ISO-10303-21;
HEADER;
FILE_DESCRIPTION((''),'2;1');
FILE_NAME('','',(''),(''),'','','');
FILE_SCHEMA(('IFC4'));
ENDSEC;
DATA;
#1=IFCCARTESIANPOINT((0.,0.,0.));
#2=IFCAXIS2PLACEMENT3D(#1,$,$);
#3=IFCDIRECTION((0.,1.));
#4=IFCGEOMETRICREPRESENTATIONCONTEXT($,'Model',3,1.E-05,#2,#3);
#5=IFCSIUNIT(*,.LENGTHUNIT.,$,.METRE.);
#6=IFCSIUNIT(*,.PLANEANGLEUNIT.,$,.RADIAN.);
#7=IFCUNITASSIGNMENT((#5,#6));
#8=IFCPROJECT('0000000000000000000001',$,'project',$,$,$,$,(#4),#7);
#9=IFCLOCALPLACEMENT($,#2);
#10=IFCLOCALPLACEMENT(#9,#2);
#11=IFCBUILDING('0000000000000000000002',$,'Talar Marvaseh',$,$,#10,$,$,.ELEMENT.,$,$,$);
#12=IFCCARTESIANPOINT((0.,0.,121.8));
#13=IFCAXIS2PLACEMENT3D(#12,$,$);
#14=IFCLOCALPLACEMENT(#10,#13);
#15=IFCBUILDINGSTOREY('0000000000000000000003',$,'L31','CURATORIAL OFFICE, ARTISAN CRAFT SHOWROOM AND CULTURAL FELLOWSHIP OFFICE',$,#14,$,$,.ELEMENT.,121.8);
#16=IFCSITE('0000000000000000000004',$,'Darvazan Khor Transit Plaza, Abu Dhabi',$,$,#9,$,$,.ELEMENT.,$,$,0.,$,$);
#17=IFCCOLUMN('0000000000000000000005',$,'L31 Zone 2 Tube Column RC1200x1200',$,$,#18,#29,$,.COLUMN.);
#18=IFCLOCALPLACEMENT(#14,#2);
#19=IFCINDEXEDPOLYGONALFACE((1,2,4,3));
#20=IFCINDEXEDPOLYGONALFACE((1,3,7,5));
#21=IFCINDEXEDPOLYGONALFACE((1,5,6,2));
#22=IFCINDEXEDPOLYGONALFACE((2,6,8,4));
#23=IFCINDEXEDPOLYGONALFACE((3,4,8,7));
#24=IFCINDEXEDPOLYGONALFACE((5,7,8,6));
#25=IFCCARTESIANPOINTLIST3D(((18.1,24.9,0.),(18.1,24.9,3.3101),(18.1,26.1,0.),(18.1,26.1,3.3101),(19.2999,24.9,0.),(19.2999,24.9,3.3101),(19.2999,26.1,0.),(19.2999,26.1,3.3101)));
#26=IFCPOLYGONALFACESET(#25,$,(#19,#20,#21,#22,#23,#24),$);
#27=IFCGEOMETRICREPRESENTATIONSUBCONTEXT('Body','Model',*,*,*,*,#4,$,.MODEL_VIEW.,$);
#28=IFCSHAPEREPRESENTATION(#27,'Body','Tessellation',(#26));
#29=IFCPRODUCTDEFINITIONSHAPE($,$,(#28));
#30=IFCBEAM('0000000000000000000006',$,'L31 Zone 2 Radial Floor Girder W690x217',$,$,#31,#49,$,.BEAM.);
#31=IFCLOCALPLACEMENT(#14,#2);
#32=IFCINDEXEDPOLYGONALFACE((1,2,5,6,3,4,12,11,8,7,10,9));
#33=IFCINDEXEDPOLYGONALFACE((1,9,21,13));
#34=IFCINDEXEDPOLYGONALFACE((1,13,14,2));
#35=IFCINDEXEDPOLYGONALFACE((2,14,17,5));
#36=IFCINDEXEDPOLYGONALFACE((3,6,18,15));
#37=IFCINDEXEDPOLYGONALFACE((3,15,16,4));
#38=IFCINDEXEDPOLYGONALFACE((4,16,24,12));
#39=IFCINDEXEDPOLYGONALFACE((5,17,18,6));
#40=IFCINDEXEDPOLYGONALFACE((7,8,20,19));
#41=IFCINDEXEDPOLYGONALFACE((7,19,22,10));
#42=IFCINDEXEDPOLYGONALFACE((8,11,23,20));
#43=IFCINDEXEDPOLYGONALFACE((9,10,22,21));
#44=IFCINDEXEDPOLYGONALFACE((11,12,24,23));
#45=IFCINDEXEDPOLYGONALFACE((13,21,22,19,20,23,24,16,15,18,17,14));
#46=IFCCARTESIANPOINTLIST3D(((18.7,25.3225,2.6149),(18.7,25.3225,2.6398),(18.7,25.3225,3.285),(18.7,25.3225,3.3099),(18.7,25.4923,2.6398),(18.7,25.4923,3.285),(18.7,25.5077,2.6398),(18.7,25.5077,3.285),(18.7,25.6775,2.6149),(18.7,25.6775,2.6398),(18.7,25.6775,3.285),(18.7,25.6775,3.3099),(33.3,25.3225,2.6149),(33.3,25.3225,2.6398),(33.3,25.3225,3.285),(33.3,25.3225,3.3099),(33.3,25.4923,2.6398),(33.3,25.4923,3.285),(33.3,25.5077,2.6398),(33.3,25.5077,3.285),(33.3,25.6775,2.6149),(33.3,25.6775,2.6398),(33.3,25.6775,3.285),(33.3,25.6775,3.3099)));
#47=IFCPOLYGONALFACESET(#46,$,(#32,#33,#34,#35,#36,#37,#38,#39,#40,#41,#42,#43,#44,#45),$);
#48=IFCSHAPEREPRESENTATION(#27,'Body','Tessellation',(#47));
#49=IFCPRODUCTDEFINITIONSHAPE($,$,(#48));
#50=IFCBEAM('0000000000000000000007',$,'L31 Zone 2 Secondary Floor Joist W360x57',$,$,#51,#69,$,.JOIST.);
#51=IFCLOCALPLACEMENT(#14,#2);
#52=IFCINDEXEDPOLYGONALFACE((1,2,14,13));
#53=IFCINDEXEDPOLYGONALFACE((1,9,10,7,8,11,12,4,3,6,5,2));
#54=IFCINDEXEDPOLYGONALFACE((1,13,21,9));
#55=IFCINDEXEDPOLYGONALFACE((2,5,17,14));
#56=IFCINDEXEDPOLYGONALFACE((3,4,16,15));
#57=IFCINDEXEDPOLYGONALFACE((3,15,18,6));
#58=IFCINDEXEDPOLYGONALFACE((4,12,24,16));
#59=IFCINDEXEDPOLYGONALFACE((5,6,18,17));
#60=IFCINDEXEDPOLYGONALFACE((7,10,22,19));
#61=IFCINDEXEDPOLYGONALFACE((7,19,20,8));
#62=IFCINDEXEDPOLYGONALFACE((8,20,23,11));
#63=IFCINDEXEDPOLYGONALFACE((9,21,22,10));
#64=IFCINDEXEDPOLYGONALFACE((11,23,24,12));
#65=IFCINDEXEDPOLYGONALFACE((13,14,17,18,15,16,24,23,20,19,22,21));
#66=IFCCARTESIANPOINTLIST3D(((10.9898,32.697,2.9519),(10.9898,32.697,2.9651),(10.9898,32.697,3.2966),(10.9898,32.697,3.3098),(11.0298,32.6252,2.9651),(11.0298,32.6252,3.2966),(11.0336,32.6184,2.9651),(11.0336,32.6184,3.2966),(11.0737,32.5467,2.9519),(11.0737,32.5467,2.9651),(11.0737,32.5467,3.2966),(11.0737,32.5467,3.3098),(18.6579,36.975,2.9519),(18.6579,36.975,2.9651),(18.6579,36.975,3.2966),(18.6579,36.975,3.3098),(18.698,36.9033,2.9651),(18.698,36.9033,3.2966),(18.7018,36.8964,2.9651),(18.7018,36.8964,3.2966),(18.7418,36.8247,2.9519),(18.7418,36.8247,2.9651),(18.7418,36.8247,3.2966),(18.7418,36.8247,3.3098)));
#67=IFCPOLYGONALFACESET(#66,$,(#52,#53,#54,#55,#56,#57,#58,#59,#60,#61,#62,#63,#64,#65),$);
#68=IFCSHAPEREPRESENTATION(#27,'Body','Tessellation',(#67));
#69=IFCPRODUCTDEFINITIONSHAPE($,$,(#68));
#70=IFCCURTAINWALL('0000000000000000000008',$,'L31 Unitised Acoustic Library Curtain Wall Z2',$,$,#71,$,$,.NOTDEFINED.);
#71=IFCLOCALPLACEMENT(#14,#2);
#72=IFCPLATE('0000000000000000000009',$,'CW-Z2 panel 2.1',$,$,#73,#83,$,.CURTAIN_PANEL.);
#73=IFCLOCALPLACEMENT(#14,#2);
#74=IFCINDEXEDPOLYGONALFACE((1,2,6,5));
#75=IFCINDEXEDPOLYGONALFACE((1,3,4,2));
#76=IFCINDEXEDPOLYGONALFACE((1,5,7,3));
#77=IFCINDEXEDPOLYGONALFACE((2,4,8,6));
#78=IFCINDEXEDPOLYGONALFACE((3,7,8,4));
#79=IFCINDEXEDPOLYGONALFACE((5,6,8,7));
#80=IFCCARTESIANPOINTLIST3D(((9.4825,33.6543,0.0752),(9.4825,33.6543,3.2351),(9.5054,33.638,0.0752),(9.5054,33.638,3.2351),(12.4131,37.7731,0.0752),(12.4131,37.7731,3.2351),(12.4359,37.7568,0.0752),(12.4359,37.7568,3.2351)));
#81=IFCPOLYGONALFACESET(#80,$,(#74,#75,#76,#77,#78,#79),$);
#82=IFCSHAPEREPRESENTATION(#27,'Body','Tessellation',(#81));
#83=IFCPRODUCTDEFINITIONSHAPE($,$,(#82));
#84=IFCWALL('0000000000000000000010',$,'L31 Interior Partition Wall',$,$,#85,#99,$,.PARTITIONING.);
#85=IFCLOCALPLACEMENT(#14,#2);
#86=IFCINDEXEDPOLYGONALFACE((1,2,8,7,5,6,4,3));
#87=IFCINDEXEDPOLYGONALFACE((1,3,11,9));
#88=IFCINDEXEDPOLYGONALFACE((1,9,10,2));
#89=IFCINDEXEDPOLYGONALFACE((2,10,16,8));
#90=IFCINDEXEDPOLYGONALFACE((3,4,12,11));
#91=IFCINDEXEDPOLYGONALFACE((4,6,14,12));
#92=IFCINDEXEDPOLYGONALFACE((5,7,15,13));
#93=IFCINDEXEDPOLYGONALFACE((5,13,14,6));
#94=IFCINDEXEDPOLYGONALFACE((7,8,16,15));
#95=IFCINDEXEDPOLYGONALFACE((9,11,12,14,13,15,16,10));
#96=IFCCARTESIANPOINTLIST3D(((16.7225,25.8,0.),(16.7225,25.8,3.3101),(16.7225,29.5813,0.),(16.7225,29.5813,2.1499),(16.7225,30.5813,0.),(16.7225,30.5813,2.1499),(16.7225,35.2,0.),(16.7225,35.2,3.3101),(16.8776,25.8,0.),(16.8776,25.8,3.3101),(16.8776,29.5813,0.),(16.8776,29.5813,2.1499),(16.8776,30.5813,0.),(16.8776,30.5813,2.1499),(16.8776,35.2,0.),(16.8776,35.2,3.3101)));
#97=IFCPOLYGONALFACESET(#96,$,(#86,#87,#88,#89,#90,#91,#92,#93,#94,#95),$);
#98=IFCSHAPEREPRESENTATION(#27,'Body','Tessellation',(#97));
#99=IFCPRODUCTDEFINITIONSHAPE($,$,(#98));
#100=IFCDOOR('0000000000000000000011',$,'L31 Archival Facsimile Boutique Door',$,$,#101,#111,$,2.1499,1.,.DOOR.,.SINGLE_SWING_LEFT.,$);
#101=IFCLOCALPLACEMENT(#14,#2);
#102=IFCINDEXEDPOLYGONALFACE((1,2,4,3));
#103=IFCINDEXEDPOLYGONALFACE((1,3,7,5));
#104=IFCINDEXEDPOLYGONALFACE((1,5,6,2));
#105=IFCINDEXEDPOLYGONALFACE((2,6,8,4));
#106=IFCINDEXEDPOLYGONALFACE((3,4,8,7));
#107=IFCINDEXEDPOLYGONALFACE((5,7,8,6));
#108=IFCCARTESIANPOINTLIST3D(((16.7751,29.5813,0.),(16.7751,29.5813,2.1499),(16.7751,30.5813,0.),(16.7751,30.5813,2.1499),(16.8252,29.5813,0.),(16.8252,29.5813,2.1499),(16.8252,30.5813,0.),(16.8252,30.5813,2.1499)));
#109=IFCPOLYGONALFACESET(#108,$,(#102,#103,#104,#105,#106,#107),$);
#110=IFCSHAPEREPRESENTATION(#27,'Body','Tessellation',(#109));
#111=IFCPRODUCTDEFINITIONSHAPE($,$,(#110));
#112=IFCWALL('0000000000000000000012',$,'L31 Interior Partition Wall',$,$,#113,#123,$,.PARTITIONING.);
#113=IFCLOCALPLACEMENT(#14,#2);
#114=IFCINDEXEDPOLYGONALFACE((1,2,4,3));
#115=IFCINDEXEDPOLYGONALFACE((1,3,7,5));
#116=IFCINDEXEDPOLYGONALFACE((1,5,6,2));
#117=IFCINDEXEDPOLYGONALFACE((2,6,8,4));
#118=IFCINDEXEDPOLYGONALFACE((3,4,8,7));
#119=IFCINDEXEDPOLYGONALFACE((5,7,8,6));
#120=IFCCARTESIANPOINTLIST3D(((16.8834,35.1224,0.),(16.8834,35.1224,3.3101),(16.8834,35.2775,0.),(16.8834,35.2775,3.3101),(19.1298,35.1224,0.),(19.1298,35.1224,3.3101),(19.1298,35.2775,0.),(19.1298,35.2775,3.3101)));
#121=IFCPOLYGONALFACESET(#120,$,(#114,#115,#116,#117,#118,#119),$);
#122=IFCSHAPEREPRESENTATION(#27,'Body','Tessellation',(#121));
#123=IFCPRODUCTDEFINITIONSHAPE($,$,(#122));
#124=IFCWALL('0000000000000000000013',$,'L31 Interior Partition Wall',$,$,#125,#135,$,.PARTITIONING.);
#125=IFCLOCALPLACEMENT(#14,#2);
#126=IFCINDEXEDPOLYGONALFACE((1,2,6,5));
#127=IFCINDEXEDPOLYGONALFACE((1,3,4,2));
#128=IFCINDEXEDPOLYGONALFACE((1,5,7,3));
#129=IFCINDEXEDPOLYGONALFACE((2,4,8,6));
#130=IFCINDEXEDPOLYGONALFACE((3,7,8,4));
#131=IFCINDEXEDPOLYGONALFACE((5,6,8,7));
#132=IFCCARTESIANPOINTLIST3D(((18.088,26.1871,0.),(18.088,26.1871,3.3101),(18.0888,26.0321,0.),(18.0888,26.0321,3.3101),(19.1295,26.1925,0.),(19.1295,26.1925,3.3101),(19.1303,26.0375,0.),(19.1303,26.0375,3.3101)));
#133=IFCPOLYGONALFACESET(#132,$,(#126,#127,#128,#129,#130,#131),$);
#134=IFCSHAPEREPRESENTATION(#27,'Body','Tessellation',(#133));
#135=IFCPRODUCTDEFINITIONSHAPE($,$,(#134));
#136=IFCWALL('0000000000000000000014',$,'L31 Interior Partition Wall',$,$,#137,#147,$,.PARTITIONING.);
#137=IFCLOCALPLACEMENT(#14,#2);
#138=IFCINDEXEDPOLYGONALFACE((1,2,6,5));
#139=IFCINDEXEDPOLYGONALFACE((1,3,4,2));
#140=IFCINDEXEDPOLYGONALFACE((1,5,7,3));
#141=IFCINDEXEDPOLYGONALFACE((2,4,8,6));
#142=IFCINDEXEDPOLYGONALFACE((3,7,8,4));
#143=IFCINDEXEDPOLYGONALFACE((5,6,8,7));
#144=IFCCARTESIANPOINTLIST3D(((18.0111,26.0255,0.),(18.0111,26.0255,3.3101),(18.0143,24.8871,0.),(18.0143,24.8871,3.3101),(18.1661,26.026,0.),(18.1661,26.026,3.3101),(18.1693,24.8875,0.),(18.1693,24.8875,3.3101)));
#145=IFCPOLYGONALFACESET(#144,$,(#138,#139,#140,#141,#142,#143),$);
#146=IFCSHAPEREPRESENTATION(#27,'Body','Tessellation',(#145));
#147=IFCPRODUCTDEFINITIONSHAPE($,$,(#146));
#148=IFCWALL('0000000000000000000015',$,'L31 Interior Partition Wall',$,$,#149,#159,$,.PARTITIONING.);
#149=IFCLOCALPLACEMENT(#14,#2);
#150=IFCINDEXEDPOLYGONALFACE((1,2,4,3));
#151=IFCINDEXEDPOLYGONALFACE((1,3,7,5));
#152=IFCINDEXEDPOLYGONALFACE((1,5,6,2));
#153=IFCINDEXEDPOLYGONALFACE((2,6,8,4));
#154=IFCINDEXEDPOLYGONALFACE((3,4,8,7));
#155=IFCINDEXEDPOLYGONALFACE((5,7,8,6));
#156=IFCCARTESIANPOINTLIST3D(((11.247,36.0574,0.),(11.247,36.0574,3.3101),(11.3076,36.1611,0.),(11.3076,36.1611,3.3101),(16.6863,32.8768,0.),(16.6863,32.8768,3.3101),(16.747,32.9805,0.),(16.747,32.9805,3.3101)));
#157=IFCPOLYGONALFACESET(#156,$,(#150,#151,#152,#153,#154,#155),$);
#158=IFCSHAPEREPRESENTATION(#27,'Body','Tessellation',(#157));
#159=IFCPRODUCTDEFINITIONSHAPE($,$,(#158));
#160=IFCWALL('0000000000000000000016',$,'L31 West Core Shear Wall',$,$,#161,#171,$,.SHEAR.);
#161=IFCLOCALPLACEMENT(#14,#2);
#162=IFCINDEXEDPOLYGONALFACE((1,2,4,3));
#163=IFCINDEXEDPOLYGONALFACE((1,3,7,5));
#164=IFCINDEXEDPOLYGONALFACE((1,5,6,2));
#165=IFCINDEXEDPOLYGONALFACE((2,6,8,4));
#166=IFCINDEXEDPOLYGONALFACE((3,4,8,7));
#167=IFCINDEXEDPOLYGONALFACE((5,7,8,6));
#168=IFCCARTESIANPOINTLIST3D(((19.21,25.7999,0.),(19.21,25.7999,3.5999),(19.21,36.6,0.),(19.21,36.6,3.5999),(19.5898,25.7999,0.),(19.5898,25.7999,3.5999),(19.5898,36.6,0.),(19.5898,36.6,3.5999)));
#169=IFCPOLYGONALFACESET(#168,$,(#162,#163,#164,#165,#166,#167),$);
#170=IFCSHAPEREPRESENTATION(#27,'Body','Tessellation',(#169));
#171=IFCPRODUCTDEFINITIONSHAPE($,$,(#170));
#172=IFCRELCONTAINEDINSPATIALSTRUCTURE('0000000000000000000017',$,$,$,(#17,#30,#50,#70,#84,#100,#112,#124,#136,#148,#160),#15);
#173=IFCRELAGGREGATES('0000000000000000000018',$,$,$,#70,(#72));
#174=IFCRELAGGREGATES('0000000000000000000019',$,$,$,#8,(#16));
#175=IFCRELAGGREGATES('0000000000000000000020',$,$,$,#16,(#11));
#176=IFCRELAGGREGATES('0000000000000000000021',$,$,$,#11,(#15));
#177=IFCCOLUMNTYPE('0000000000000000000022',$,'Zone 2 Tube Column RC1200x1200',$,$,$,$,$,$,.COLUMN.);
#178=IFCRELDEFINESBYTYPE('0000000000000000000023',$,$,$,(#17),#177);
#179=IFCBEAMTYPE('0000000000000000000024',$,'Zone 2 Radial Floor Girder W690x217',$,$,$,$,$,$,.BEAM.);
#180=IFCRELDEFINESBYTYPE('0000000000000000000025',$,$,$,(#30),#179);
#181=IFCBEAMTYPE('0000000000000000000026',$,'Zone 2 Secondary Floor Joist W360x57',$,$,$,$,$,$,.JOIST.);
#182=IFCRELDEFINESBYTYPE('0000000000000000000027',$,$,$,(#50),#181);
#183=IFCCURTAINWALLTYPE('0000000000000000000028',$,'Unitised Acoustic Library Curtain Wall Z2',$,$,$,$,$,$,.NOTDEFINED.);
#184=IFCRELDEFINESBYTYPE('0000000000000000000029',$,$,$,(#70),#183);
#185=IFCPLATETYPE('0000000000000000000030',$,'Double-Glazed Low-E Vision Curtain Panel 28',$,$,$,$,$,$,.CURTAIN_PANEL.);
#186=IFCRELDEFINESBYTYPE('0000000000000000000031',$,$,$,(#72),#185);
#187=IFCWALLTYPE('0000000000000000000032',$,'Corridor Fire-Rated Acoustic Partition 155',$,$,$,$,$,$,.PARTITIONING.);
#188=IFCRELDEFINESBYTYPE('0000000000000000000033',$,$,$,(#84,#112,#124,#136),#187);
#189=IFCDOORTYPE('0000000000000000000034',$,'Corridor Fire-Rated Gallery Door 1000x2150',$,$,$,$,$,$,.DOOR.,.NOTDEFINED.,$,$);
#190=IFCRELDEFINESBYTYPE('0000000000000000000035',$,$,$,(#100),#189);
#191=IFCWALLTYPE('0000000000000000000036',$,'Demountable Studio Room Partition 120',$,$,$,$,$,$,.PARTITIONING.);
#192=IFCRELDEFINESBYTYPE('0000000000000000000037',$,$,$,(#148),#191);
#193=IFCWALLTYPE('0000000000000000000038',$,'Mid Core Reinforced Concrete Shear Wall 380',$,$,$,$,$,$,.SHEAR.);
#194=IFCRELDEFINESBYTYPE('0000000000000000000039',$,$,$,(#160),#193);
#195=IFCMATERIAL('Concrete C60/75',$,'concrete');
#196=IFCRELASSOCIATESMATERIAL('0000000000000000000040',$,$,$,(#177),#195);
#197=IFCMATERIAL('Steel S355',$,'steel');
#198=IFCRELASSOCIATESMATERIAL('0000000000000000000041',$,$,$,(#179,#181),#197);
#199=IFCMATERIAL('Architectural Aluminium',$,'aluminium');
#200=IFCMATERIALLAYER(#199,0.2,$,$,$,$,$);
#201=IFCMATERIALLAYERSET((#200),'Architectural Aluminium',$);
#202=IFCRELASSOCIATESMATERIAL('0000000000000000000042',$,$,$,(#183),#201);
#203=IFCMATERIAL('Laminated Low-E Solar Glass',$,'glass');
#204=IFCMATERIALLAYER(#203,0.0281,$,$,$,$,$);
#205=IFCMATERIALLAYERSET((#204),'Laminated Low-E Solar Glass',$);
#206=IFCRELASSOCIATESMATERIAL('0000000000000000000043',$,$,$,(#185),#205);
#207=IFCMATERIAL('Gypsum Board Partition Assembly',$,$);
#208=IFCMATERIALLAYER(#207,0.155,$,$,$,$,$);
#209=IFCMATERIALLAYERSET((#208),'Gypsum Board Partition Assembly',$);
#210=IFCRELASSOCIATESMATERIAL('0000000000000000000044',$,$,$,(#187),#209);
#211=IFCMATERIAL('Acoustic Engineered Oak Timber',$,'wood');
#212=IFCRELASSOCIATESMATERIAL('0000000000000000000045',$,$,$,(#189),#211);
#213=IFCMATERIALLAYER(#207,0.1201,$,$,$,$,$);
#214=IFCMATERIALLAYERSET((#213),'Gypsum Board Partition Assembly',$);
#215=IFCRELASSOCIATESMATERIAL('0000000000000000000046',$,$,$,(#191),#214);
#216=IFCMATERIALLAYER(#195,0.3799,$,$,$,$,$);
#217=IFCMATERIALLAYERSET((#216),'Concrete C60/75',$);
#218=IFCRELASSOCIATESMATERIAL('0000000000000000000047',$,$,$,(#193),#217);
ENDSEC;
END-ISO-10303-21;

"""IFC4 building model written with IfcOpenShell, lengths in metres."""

from ifc_helpers import new_model, si_unit, direction, frame, frame_2d, origin, origin_2d, place, context, subcontext, project, spatial, rectangle, i_section, extrude, source, transform, mapped, material, layer, layer_set, material_profile, profile_set, type_object, type_shapes, element, fill, aggregate, save


model = new_model("IFC4")

# Units and contexts
model_context = context("Model", 3, precision=1e-05, world=origin(), true_north=direction((0.0, 1.0)))
body_context = subcontext(model_context, "Body", "Model", "MODEL_VIEW")
ifc_project = project(units=[si_unit("LENGTHUNIT", "METRE"), si_unit("PLANEANGLEUNIT", "RADIAN")], contexts=[model_context])

# Site, building, storey
site_placement = place(None, origin())
site = spatial("IfcSite", under=ifc_project, at=site_placement, Name="Darvazan Khor Transit Plaza, Abu Dhabi", CompositionType="ELEMENT", RefElevation=0.0)
building_placement = place(site_placement, origin())
building = spatial("IfcBuilding", under=site, at=building_placement, Name="Talar Marvaseh", CompositionType="ELEMENT")
storey_placement = place(building_placement, frame((0.0, 0.0, 121.8)))
storey = spatial("IfcBuildingStorey", under=building, at=storey_placement, Name="L31", Description="CURATORIAL OFFICE, ARTISAN CRAFT SHOWROOM AND CULTURAL FELLOWSHIP OFFICE", CompositionType="ELEMENT", Elevation=121.8)

# Column
ifc_material_1 = material(Name="Concrete C60/75", Category="concrete")
ifc_material_profile_1 = material_profile(ifc_material_1, rectangle(XDim=1.2, YDim=1.2, at=origin_2d()), Name="RC1200x1200")
ifc_profile_set_1 = profile_set([ifc_material_profile_1], Name="Concrete C60/75")
column_type = type_object("IfcColumnType", Name="Zone 2 Tube Column RC1200x1200", PredefinedType="COLUMN", material=ifc_profile_set_1)
column_placement = place(storey_placement, frame((18.7, 25.5, 0.0), z_axis=(0.0, 0.0, 1.0), x_axis=(1.0, 0.0, 0.0)))
element("IfcColumn", 1, at=column_placement, inside=storey, type_object=column_type, Name="L31 Zone 2 Tube Column RC1200x1200", PredefinedType="COLUMN", context=body_context, shape_type="SweptSolid", body=[
    extrude(rectangle(XDim=1.2, YDim=1.2, at=origin_2d()), origin(), (0.0, 0.0, 1.0), 3.3101),
])

# Beams
ifc_material_2 = material(Name="Steel S355", Category="steel")
ifc_material_profile_2 = material_profile(ifc_material_2, i_section(OverallWidth=0.355, OverallDepth=0.6951, WebThickness=0.0154, FlangeThickness=0.0249, at=origin_2d()), Name="W690x217")
ifc_profile_set_2 = profile_set([ifc_material_profile_2], Name="Steel S355")
beam_type_1 = type_object("IfcBeamType", Name="Zone 2 Radial Floor Girder W690x217", PredefinedType="BEAM", material=ifc_profile_set_2)
beam_1_placement = place(storey_placement, frame((18.7, 25.5, 2.9624), z_axis=(1.0, 0.0, 0.0), x_axis=(0.0, 1.0, 0.0)))
element("IfcBeam", 2, at=beam_1_placement, inside=storey, type_object=beam_type_1, Name="L31 Zone 2 Radial Floor Girder W690x217", PredefinedType="BEAM", context=body_context, shape_type="SweptSolid", body=[
    extrude(i_section(OverallWidth=0.355, OverallDepth=0.6951, WebThickness=0.0154, FlangeThickness=0.0249, at=origin_2d()), origin(), (0.0, 0.0, 1.0), 14.6001),
])
ifc_material_profile_3 = material_profile(ifc_material_2, i_section(OverallWidth=0.1721, OverallDepth=0.3579, WebThickness=0.0078, FlangeThickness=0.0132, at=origin_2d()), Name="W360x57")
ifc_profile_set_3 = profile_set([ifc_material_profile_3], Name="Steel S355")
beam_type_2 = type_object("IfcBeamType", Name="Zone 2 Secondary Floor Joist W360x57", PredefinedType="JOIST", material=ifc_profile_set_3)
beam_2_placement = place(storey_placement, frame((11.0317, 32.6218, 3.1309), z_axis=(0.873288, 0.487205, 0.0), x_axis=(-0.487205, 0.873288, 0.0)))
element("IfcBeam", 3, at=beam_2_placement, inside=storey, type_object=beam_type_2, Name="L31 Zone 2 Secondary Floor Joist W360x57", PredefinedType="JOIST", context=body_context, shape_type="SweptSolid", body=[
    extrude(i_section(OverallWidth=0.1721, OverallDepth=0.3579, WebThickness=0.0078, FlangeThickness=0.0132, at=origin_2d()), origin(), (0.0, 0.0, 1.0), 8.7808),
])

# Curtain wall, plate
ifc_material_3 = material(Name="Architectural Aluminium", Category="aluminium")
ifc_layer_1 = layer(ifc_material_3, 0.2)
ifc_layer_set_1 = layer_set([ifc_layer_1], Name="Architectural Aluminium")
curtain_wall_type = type_object("IfcCurtainWallType", Name="Unitised Acoustic Library Curtain Wall Z2", PredefinedType="NOTDEFINED", material=ifc_layer_set_1)
curtain_wall_placement = place(storey_placement, origin())
curtain_wall = element("IfcCurtainWall", 4, at=curtain_wall_placement, inside=storey, type_object=curtain_wall_type, Name="L31 Unitised Acoustic Library Curtain Wall Z2", PredefinedType="NOTDEFINED")
ifc_material_4 = material(Name="Laminated Low-E Solar Glass", Category="glass")
ifc_layer_2 = layer(ifc_material_4, 0.0281)
ifc_layer_set_2 = layer_set([ifc_layer_2], Name="Laminated Low-E Solar Glass")
plate_type = type_object("IfcPlateType", Name="Double-Glazed Low-E Vision Curtain Panel 28", PredefinedType="CURTAIN_PANEL", material=ifc_layer_set_2)
shared_shape_1 = source(origin(), body_context, "Body", "SweptSolid", [
    extrude(rectangle(XDim=5.0549, YDim=0.0281, at=origin_2d()), origin(), (0.0, 0.0, 1.0), 3.1599),
])
type_shapes(plate_type, [shared_shape_1])
plate_placement = place(storey_placement, frame((10.9592, 35.7056, 0.0752), z_axis=(0.0, 0.0, 1.0), x_axis=(0.579737, 0.814804, 0.0)))
plate = element("IfcPlate", 5, at=plate_placement, type_object=plate_type, Name="CW-Z2 panel 2.1", PredefinedType="CURTAIN_PANEL", context=body_context, shape_type="MappedRepresentation", body=[
    mapped(shared_shape_1, transform((0.0, 0.0, 0.0), x_axis=(1.0, 0.0, 0.0), y_axis=(0.0, 1.0, 0.0), z_axis=(0.0, 0.0, 1.0), scale=1.0)),
])
aggregate(curtain_wall, [plate])

# Wall, opening, door
ifc_material_5 = material(Name="Gypsum Board Partition Assembly")
ifc_layer_3 = layer(ifc_material_5, 0.155)
ifc_layer_set_3 = layer_set([ifc_layer_3], Name="Gypsum Board Partition Assembly")
wall_type_1 = type_object("IfcWallType", Name="Corridor Fire-Rated Acoustic Partition 155", PredefinedType="PARTITIONING", material=ifc_layer_set_3)
wall_1_placement = place(storey_placement, frame((16.8, 25.8, 0.0), z_axis=(0.0, 0.0, 1.0), x_axis=(0.0, 1.0, 0.0)))
wall_1 = element("IfcWall", 6, at=wall_1_placement, inside=storey, type_object=wall_type_1, Name="L31 Interior Partition Wall", PredefinedType="PARTITIONING", context=body_context, shape_type="SweptSolid", body=[
    extrude(rectangle(XDim=9.3999, YDim=0.155, at=frame_2d((4.7, 0.0))), origin(), (0.0, 0.0, 1.0), 3.3101),
])
opening_placement = place(wall_1_placement, frame((3.7812, 0.0, 0.0)))
opening = element("IfcOpeningElement", 7, at=opening_placement, cuts=wall_1, PredefinedType="OPENING", context=body_context, shape_type="SweptSolid", body=[
    extrude(rectangle(XDim=1.0, YDim=2.1499, at=frame_2d((0.5, 1.075))), frame((0.0, 0.0874, 0.0), z_axis=(0.0, -1.0, 0.0), x_axis=(1.0, 0.0, 0.0)), (0.0, 0.0, 1.0), 0.175),
])
ifc_material_6 = material(Name="Acoustic Engineered Oak Timber", Category="wood")
door_type = type_object("IfcDoorType", Name="Corridor Fire-Rated Gallery Door 1000x2150", OperationType="NOTDEFINED", PredefinedType="DOOR", material=ifc_material_6)
shared_shape_2 = source(origin(), body_context, "Body", "SweptSolid", [
    extrude(rectangle(XDim=1.0, YDim=2.1499, at=frame_2d((0.5, 1.075))), frame((0.0, 0.0249, 0.0), z_axis=(0.0, -1.0, 0.0), x_axis=(1.0, 0.0, 0.0)), (0.0, 0.0, 1.0), 0.05),
])
type_shapes(door_type, [shared_shape_2])
door_placement = place(opening_placement, origin())
door = element("IfcDoor", 8, at=door_placement, inside=storey, type_object=door_type, Name="L31 Archival Facsimile Boutique Door", OperationType="SINGLE_SWING_LEFT", OverallHeight=2.1499, OverallWidth=1.0, PredefinedType="DOOR", context=body_context, shape_type="MappedRepresentation", body=[
    mapped(shared_shape_2, transform((0.0, 0.0, 0.0), x_axis=(1.0, 0.0, 0.0), y_axis=(0.0, 1.0, 0.0), z_axis=(0.0, 0.0, 1.0), scale=1.0)),
])
fill(opening, door)

# Walls
wall_2_placement = place(storey_placement, frame((16.8835, 35.2, 0.0), z_axis=(0.0, 0.0, 1.0), x_axis=(1.0, 0.0, 0.0)))
element("IfcWall", 9, at=wall_2_placement, inside=storey, type_object=wall_type_1, Name="L31 Interior Partition Wall", PredefinedType="PARTITIONING", context=body_context, shape_type="SweptSolid", body=[
    extrude(rectangle(XDim=2.2463, YDim=0.155, at=frame_2d((1.123, 0.0))), origin(), (0.0, 0.0, 1.0), 3.3101),
])
wall_3_placement = place(storey_placement, frame((19.1299, 26.115, 0.0), z_axis=(0.0, 0.0, 1.0), x_axis=(-0.999987, -0.005157, 0.0)))
element("IfcWall", 10, at=wall_3_placement, inside=storey, type_object=wall_type_1, Name="L31 Interior Partition Wall", PredefinedType="PARTITIONING", context=body_context, shape_type="SweptSolid", body=[
    extrude(rectangle(XDim=1.0415, YDim=0.155, at=frame_2d((0.5208, 0.0))), origin(), (0.0, 0.0, 1.0), 3.3101),
])
wall_4_placement = place(storey_placement, frame((18.0886, 26.0259, 0.0), z_axis=(0.0, 0.0, 1.0), x_axis=(0.002788, -0.999996, 0.0)))
element("IfcWall", 11, at=wall_4_placement, inside=storey, type_object=wall_type_1, Name="L31 Interior Partition Wall", PredefinedType="PARTITIONING", context=body_context, shape_type="SweptSolid", body=[
    extrude(rectangle(XDim=1.1384, YDim=0.155, at=frame_2d((0.5693, 0.0))), origin(), (0.0, 0.0, 1.0), 3.3101),
])
ifc_layer_4 = layer(ifc_material_5, 0.1201)
ifc_layer_set_4 = layer_set([ifc_layer_4], Name="Gypsum Board Partition Assembly")
wall_type_2 = type_object("IfcWallType", Name="Demountable Studio Room Partition 120", PredefinedType="PARTITIONING", material=ifc_layer_set_4)
wall_5_placement = place(storey_placement, frame((16.7166, 32.9287, 0.0), z_axis=(0.0, 0.0, 1.0), x_axis=(-0.86325, 0.504777, 0.0)))
element("IfcWall", 12, at=wall_5_placement, inside=storey, type_object=wall_type_2, Name="L31 Interior Partition Wall", PredefinedType="PARTITIONING", context=body_context, shape_type="SweptSolid", body=[
    extrude(rectangle(XDim=6.301, YDim=0.1201, at=frame_2d((3.1504, 0.0))), origin(), (0.0, 0.0, 1.0), 3.3101),
])
ifc_layer_5 = layer(ifc_material_1, 0.3799)
ifc_layer_set_5 = layer_set([ifc_layer_5], Name="Concrete C60/75")
wall_type_3 = type_object("IfcWallType", Name="Mid Core Reinforced Concrete Shear Wall 380", PredefinedType="SHEAR", material=ifc_layer_set_5)
wall_6_placement = place(storey_placement, frame((19.3999, 25.8, 0.0), z_axis=(0.0, 0.0, 1.0), x_axis=(0.0, 1.0, 0.0)))
element("IfcWall", 13, at=wall_6_placement, inside=storey, type_object=wall_type_3, Name="L31 West Core Shear Wall", PredefinedType="SHEAR", context=body_context, shape_type="SweptSolid", body=[
    extrude(rectangle(XDim=10.8, YDim=0.3799, at=frame_2d((5.3999, 0.0))), origin(), (0.0, 0.0, 1.0), 3.5999),
])

save(model, "model.ifc")
